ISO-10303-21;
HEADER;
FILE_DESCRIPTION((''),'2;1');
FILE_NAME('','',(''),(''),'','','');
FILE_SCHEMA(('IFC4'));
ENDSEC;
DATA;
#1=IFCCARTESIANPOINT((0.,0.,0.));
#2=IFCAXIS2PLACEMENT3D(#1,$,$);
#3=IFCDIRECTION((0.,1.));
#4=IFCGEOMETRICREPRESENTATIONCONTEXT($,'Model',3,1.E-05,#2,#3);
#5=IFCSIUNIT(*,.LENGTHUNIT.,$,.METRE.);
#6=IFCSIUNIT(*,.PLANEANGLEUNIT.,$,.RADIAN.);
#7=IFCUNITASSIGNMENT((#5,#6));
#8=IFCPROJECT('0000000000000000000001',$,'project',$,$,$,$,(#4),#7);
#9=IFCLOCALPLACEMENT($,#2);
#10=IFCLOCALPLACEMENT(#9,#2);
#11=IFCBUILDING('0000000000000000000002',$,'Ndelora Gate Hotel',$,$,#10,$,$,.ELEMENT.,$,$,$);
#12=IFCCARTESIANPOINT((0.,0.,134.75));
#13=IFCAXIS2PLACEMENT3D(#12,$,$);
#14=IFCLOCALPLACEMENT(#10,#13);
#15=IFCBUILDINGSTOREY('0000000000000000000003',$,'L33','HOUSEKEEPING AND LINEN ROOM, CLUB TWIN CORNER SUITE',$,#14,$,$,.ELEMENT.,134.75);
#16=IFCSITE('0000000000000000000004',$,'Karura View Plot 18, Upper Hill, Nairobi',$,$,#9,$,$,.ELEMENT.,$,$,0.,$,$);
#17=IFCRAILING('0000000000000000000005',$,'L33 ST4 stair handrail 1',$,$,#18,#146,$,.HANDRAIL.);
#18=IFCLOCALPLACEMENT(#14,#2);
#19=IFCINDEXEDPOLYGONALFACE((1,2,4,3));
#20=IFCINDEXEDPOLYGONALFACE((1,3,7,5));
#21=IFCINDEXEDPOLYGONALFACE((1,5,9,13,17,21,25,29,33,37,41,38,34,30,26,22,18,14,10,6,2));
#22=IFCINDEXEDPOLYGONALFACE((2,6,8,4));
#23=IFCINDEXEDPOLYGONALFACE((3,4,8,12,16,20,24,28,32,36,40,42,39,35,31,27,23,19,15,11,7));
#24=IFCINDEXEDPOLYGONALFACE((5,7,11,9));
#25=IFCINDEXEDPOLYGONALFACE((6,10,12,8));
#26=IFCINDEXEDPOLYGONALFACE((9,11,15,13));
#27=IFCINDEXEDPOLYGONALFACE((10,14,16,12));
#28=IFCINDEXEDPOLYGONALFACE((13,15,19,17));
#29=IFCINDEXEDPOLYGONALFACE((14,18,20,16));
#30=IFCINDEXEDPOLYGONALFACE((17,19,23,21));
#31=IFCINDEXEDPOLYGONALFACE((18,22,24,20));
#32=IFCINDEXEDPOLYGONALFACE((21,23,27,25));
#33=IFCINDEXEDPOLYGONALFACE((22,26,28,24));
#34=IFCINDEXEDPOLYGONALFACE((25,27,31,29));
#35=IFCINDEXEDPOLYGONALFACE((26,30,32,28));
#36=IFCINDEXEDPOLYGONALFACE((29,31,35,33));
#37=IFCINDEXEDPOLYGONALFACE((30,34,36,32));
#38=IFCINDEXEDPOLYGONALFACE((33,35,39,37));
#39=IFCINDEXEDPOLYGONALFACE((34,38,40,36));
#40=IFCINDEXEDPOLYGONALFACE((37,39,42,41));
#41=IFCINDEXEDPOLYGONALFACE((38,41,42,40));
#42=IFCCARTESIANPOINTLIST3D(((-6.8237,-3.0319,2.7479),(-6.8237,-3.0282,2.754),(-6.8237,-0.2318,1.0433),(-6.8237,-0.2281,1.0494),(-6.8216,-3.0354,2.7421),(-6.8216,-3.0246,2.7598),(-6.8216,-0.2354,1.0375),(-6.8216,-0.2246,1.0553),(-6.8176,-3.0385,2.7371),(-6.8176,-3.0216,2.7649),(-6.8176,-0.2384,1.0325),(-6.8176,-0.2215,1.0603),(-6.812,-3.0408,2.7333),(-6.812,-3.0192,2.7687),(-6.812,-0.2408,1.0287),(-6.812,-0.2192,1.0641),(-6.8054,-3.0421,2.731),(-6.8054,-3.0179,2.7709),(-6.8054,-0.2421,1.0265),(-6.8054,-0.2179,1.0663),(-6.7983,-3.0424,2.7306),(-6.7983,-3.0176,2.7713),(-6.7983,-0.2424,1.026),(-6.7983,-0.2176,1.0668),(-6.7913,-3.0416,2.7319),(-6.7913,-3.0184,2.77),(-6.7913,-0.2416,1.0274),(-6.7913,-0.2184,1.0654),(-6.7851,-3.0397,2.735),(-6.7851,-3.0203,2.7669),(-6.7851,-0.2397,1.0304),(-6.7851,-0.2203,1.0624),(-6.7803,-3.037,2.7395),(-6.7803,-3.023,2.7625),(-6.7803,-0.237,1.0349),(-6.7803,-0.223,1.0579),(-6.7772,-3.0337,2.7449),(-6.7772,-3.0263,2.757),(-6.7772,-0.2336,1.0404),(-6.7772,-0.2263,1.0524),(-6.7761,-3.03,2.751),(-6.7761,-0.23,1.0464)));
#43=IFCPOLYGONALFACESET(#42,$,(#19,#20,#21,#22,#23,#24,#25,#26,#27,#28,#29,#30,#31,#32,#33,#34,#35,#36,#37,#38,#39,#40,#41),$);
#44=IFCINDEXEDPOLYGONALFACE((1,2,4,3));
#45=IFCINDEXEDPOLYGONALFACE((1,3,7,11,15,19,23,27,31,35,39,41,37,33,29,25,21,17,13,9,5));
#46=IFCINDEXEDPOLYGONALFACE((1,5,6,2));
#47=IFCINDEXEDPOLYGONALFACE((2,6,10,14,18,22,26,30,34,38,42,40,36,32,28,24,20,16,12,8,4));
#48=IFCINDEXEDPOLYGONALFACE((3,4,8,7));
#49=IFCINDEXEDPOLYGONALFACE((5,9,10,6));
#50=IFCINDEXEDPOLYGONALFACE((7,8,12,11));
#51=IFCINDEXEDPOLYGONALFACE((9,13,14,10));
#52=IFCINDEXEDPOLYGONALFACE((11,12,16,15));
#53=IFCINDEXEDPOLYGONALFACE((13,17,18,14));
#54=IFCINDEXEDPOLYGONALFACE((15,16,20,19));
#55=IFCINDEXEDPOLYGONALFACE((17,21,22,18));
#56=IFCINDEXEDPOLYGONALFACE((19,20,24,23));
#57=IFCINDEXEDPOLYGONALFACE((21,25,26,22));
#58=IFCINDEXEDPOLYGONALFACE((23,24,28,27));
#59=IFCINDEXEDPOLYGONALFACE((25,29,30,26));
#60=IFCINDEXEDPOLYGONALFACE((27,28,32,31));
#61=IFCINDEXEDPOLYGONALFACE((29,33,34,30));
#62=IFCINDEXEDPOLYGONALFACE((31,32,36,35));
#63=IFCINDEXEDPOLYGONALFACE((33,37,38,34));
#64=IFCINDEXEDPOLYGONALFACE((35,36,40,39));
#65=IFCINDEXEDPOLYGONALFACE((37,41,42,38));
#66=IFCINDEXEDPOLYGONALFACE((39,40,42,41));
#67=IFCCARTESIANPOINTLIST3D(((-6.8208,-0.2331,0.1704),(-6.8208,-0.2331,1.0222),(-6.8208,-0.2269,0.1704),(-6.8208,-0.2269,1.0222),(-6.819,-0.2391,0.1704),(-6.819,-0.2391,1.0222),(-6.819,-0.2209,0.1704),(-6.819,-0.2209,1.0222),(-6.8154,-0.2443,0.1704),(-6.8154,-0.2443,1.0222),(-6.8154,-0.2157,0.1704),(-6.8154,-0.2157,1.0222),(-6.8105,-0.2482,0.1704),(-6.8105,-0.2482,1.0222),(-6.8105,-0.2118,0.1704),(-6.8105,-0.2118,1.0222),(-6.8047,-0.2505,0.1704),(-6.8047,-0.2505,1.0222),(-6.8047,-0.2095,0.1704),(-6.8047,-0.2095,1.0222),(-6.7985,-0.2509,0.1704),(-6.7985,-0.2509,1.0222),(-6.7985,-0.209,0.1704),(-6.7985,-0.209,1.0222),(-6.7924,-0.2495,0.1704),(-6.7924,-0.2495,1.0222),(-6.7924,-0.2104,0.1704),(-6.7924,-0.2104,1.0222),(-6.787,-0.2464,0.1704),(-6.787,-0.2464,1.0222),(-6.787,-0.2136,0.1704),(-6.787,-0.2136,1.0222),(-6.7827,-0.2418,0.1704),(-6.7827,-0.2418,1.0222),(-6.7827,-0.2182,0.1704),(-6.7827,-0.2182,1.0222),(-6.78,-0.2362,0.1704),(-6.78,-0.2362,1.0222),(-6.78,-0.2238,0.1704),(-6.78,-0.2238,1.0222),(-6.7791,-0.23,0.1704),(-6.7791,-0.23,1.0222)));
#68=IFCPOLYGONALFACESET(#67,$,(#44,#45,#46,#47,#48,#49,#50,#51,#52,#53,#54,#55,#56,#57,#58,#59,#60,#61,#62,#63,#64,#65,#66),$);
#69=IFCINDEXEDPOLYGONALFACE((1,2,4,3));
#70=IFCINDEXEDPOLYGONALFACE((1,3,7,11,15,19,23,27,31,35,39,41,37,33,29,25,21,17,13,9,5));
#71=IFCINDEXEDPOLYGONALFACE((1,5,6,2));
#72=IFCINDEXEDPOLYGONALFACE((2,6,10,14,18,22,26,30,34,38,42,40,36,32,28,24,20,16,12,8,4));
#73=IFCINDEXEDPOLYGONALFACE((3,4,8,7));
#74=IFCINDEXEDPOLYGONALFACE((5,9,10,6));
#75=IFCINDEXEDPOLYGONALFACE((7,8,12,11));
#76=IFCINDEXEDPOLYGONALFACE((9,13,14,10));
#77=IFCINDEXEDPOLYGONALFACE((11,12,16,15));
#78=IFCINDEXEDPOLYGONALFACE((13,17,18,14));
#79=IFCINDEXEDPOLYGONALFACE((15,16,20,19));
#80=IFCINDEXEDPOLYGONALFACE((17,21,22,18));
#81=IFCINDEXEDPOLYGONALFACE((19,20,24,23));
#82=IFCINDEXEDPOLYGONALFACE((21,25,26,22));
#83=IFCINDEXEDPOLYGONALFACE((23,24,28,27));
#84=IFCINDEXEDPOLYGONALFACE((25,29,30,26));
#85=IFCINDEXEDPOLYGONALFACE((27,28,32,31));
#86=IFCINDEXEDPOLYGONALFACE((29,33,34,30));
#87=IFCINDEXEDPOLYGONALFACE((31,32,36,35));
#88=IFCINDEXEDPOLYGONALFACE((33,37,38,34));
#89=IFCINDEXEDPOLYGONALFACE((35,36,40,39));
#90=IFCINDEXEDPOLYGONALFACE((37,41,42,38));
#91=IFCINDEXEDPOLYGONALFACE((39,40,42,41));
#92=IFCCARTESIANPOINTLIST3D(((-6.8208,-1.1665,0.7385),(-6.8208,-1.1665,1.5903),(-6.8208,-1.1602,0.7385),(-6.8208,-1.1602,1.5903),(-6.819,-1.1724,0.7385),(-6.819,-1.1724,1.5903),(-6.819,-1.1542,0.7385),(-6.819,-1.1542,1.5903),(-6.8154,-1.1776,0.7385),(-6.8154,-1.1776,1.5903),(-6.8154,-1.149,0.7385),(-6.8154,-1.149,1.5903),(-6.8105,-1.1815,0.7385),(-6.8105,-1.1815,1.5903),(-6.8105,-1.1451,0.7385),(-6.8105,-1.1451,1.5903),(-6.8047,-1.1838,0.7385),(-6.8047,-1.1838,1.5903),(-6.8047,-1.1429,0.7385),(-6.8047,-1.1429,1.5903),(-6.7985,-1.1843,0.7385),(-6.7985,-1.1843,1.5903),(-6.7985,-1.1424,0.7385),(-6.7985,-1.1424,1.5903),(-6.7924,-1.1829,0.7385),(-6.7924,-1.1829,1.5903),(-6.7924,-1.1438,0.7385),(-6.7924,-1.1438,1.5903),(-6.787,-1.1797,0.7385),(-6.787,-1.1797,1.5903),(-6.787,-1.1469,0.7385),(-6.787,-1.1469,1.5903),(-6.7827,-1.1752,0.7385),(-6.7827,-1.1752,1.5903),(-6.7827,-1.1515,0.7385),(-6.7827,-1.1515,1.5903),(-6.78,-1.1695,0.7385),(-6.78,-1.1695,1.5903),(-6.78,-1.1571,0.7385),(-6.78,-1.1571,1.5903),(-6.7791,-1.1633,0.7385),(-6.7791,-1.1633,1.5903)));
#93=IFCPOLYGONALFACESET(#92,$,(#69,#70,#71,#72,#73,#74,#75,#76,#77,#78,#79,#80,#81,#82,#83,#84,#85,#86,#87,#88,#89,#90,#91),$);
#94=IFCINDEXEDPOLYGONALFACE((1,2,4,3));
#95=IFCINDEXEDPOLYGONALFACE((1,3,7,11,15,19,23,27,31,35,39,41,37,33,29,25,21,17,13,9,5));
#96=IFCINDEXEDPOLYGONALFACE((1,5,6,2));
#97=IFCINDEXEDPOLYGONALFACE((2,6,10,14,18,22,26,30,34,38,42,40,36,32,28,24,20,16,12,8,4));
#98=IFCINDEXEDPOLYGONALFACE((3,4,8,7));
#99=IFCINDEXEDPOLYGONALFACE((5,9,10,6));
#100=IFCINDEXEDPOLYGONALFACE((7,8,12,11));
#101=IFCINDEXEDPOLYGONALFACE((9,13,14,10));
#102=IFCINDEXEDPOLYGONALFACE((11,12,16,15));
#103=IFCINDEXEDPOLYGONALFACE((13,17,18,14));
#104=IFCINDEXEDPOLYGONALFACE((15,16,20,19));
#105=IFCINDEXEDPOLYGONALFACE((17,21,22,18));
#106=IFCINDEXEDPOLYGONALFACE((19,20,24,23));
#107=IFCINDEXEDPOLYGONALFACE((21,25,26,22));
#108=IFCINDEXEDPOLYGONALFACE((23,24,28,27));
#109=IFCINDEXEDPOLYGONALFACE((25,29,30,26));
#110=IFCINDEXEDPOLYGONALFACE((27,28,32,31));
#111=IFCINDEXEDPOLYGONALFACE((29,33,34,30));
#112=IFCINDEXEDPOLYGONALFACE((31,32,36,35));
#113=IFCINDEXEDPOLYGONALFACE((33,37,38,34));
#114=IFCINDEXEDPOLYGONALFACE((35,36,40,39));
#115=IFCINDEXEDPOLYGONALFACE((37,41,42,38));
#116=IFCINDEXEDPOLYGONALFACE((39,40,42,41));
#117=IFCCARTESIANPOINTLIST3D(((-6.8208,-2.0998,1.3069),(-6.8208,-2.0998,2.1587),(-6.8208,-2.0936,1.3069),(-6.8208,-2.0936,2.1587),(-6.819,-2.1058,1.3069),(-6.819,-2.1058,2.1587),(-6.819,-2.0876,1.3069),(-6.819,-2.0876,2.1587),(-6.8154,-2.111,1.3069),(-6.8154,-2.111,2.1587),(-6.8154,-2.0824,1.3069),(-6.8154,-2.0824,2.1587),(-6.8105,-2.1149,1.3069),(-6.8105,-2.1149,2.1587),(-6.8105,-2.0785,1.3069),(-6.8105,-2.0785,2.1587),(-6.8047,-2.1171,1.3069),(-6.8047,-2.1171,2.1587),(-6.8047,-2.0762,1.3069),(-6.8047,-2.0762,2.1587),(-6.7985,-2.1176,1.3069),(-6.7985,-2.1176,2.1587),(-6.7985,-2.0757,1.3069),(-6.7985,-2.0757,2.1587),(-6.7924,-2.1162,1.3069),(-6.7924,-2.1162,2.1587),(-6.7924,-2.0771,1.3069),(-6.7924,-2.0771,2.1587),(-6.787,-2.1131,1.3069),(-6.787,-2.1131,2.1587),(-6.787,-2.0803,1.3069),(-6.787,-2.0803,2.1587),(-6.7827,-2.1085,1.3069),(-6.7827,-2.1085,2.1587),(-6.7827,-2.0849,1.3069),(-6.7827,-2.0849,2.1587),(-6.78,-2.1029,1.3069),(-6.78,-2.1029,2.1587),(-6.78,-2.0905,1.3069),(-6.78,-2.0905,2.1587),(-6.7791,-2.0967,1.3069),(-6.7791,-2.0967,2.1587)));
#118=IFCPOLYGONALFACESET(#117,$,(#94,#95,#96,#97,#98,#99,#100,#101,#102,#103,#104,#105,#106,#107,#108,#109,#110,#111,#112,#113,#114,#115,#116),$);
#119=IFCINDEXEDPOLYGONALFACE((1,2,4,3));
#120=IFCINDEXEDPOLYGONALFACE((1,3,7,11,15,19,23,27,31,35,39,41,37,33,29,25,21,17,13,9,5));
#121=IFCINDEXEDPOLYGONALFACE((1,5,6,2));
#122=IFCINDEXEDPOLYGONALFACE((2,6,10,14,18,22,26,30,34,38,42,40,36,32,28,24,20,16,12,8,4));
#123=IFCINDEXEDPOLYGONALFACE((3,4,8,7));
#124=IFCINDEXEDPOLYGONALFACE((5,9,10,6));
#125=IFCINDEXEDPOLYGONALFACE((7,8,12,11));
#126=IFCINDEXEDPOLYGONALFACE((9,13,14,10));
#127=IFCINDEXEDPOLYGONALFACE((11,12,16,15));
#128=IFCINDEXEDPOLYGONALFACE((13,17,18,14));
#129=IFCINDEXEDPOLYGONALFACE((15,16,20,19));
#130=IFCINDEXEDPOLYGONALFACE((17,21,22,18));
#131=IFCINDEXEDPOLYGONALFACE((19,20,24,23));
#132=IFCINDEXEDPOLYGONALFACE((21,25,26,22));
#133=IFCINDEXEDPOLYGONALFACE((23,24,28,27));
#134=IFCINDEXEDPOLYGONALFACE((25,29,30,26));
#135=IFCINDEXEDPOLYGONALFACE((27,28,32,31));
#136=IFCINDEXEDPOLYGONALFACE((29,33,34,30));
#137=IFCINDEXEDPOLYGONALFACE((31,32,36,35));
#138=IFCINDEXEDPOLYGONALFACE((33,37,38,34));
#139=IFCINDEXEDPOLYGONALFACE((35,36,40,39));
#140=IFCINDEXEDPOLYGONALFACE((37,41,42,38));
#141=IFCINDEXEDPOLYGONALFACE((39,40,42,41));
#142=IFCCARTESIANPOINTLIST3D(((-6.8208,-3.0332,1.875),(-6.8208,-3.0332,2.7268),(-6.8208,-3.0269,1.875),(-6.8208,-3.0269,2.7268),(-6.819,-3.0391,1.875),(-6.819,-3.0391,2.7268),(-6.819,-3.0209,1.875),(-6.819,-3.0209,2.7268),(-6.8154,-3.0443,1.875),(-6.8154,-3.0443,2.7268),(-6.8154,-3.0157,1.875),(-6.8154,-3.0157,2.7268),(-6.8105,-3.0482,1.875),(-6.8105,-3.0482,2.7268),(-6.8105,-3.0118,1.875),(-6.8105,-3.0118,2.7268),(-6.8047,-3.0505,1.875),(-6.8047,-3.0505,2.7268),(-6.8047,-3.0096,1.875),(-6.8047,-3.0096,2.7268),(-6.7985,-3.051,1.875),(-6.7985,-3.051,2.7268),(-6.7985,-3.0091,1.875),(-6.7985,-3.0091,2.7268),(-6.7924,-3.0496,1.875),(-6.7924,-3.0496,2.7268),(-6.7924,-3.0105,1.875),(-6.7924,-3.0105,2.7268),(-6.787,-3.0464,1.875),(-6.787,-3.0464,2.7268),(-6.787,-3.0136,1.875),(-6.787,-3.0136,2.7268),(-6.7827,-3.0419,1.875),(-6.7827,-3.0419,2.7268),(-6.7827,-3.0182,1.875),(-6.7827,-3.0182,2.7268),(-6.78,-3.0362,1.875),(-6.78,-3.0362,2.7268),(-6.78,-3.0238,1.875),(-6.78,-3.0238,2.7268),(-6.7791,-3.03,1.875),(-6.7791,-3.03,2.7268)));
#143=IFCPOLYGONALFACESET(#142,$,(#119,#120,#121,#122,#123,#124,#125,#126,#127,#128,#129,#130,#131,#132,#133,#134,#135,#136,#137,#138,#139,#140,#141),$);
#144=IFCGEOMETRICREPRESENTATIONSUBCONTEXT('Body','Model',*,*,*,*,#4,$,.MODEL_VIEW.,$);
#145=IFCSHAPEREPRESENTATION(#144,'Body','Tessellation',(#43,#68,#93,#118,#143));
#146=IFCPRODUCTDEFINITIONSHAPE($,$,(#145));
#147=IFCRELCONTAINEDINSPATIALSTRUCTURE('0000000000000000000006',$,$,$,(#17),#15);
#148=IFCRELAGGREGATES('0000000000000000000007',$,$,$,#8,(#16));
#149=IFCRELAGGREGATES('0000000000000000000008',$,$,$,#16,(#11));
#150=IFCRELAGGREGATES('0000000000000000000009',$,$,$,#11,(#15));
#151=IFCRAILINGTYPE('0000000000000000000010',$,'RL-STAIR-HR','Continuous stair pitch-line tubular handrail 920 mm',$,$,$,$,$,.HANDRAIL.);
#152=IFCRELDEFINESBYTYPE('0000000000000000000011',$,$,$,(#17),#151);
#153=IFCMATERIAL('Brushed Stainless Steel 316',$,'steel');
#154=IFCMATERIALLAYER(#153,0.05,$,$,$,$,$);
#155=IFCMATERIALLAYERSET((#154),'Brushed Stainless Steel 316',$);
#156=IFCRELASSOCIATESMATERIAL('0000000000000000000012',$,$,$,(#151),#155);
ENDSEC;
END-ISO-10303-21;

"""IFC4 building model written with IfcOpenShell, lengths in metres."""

from ifc_helpers import new_model, si_unit, direction, frame, origin, origin_2d, place, context, subcontext, project, spatial, circle, extrude, material, layer, layer_set, type_object, element, save


model = new_model("IFC4")

# Units and contexts
model_context = context("Model", 3, precision=1e-05, world=origin(), true_north=direction((0.0, 1.0)))
body_context = subcontext(model_context, "Body", "Model", "MODEL_VIEW")
ifc_project = project(units=[si_unit("LENGTHUNIT", "METRE"), si_unit("PLANEANGLEUNIT", "RADIAN")], contexts=[model_context])

# Site, building, storey
site_placement = place(None, origin())
site = spatial("IfcSite", under=ifc_project, at=site_placement, Name="Karura View Plot 18, Upper Hill, Nairobi", CompositionType="ELEMENT", RefElevation=0.0)
building_placement = place(site_placement, origin())
building = spatial("IfcBuilding", under=site, at=building_placement, Name="Ndelora Gate Hotel", CompositionType="ELEMENT")
storey_placement = place(building_placement, frame((0.0, 0.0, 134.75)))
storey = spatial("IfcBuildingStorey", under=building, at=storey_placement, Name="L33", Description="HOUSEKEEPING AND LINEN ROOM, CLUB TWIN CORNER SUITE", CompositionType="ELEMENT", Elevation=134.75)

# Railing
ifc_material_1 = material(Name="Brushed Stainless Steel 316", Category="steel")
ifc_layer_1 = layer(ifc_material_1, 0.05)
ifc_layer_set_1 = layer_set([ifc_layer_1], Name="Brushed Stainless Steel 316")
railing_type_1 = type_object("IfcRailingType", Name="RL-STAIR-HR", Description="Continuous stair pitch-line tubular handrail 920 mm", PredefinedType="HANDRAIL", material=ifc_layer_set_1)
railing_1_placement = place(storey_placement, frame((-6.8, -0.23, 0.1704)))
element("IfcRailing", 1, at=railing_1_placement, inside=storey, type_object=railing_type_1, Name="L33 ST4 stair handrail 1", PredefinedType="HANDRAIL", context=body_context, shape_type="SweptSolid", body=[
    extrude(circle(Radius=0.0239, at=origin_2d()), frame((0.0, 0.0, 0.876), z_axis=(0.0, -0.85417, 0.519994), x_axis=(1.0, 0.0, 0.0)), (0.0, 0.0, 1.0), 3.2781),
    extrude(circle(Radius=0.021, at=origin_2d()), origin(), (0.0, 0.0, 1.0), 0.8518),
    extrude(circle(Radius=0.021, at=origin_2d()), frame((0.0, -0.9333, 0.5681)), (0.0, 0.0, 1.0), 0.8518),
    extrude(circle(Radius=0.021, at=origin_2d()), frame((0.0, -1.8667, 1.1365)), (0.0, 0.0, 1.0), 0.8518),
    extrude(circle(Radius=0.021, at=origin_2d()), frame((0.0, -2.8, 1.7046)), (0.0, 0.0, 1.0), 0.8518),
])

save(model, "model.ifc")
